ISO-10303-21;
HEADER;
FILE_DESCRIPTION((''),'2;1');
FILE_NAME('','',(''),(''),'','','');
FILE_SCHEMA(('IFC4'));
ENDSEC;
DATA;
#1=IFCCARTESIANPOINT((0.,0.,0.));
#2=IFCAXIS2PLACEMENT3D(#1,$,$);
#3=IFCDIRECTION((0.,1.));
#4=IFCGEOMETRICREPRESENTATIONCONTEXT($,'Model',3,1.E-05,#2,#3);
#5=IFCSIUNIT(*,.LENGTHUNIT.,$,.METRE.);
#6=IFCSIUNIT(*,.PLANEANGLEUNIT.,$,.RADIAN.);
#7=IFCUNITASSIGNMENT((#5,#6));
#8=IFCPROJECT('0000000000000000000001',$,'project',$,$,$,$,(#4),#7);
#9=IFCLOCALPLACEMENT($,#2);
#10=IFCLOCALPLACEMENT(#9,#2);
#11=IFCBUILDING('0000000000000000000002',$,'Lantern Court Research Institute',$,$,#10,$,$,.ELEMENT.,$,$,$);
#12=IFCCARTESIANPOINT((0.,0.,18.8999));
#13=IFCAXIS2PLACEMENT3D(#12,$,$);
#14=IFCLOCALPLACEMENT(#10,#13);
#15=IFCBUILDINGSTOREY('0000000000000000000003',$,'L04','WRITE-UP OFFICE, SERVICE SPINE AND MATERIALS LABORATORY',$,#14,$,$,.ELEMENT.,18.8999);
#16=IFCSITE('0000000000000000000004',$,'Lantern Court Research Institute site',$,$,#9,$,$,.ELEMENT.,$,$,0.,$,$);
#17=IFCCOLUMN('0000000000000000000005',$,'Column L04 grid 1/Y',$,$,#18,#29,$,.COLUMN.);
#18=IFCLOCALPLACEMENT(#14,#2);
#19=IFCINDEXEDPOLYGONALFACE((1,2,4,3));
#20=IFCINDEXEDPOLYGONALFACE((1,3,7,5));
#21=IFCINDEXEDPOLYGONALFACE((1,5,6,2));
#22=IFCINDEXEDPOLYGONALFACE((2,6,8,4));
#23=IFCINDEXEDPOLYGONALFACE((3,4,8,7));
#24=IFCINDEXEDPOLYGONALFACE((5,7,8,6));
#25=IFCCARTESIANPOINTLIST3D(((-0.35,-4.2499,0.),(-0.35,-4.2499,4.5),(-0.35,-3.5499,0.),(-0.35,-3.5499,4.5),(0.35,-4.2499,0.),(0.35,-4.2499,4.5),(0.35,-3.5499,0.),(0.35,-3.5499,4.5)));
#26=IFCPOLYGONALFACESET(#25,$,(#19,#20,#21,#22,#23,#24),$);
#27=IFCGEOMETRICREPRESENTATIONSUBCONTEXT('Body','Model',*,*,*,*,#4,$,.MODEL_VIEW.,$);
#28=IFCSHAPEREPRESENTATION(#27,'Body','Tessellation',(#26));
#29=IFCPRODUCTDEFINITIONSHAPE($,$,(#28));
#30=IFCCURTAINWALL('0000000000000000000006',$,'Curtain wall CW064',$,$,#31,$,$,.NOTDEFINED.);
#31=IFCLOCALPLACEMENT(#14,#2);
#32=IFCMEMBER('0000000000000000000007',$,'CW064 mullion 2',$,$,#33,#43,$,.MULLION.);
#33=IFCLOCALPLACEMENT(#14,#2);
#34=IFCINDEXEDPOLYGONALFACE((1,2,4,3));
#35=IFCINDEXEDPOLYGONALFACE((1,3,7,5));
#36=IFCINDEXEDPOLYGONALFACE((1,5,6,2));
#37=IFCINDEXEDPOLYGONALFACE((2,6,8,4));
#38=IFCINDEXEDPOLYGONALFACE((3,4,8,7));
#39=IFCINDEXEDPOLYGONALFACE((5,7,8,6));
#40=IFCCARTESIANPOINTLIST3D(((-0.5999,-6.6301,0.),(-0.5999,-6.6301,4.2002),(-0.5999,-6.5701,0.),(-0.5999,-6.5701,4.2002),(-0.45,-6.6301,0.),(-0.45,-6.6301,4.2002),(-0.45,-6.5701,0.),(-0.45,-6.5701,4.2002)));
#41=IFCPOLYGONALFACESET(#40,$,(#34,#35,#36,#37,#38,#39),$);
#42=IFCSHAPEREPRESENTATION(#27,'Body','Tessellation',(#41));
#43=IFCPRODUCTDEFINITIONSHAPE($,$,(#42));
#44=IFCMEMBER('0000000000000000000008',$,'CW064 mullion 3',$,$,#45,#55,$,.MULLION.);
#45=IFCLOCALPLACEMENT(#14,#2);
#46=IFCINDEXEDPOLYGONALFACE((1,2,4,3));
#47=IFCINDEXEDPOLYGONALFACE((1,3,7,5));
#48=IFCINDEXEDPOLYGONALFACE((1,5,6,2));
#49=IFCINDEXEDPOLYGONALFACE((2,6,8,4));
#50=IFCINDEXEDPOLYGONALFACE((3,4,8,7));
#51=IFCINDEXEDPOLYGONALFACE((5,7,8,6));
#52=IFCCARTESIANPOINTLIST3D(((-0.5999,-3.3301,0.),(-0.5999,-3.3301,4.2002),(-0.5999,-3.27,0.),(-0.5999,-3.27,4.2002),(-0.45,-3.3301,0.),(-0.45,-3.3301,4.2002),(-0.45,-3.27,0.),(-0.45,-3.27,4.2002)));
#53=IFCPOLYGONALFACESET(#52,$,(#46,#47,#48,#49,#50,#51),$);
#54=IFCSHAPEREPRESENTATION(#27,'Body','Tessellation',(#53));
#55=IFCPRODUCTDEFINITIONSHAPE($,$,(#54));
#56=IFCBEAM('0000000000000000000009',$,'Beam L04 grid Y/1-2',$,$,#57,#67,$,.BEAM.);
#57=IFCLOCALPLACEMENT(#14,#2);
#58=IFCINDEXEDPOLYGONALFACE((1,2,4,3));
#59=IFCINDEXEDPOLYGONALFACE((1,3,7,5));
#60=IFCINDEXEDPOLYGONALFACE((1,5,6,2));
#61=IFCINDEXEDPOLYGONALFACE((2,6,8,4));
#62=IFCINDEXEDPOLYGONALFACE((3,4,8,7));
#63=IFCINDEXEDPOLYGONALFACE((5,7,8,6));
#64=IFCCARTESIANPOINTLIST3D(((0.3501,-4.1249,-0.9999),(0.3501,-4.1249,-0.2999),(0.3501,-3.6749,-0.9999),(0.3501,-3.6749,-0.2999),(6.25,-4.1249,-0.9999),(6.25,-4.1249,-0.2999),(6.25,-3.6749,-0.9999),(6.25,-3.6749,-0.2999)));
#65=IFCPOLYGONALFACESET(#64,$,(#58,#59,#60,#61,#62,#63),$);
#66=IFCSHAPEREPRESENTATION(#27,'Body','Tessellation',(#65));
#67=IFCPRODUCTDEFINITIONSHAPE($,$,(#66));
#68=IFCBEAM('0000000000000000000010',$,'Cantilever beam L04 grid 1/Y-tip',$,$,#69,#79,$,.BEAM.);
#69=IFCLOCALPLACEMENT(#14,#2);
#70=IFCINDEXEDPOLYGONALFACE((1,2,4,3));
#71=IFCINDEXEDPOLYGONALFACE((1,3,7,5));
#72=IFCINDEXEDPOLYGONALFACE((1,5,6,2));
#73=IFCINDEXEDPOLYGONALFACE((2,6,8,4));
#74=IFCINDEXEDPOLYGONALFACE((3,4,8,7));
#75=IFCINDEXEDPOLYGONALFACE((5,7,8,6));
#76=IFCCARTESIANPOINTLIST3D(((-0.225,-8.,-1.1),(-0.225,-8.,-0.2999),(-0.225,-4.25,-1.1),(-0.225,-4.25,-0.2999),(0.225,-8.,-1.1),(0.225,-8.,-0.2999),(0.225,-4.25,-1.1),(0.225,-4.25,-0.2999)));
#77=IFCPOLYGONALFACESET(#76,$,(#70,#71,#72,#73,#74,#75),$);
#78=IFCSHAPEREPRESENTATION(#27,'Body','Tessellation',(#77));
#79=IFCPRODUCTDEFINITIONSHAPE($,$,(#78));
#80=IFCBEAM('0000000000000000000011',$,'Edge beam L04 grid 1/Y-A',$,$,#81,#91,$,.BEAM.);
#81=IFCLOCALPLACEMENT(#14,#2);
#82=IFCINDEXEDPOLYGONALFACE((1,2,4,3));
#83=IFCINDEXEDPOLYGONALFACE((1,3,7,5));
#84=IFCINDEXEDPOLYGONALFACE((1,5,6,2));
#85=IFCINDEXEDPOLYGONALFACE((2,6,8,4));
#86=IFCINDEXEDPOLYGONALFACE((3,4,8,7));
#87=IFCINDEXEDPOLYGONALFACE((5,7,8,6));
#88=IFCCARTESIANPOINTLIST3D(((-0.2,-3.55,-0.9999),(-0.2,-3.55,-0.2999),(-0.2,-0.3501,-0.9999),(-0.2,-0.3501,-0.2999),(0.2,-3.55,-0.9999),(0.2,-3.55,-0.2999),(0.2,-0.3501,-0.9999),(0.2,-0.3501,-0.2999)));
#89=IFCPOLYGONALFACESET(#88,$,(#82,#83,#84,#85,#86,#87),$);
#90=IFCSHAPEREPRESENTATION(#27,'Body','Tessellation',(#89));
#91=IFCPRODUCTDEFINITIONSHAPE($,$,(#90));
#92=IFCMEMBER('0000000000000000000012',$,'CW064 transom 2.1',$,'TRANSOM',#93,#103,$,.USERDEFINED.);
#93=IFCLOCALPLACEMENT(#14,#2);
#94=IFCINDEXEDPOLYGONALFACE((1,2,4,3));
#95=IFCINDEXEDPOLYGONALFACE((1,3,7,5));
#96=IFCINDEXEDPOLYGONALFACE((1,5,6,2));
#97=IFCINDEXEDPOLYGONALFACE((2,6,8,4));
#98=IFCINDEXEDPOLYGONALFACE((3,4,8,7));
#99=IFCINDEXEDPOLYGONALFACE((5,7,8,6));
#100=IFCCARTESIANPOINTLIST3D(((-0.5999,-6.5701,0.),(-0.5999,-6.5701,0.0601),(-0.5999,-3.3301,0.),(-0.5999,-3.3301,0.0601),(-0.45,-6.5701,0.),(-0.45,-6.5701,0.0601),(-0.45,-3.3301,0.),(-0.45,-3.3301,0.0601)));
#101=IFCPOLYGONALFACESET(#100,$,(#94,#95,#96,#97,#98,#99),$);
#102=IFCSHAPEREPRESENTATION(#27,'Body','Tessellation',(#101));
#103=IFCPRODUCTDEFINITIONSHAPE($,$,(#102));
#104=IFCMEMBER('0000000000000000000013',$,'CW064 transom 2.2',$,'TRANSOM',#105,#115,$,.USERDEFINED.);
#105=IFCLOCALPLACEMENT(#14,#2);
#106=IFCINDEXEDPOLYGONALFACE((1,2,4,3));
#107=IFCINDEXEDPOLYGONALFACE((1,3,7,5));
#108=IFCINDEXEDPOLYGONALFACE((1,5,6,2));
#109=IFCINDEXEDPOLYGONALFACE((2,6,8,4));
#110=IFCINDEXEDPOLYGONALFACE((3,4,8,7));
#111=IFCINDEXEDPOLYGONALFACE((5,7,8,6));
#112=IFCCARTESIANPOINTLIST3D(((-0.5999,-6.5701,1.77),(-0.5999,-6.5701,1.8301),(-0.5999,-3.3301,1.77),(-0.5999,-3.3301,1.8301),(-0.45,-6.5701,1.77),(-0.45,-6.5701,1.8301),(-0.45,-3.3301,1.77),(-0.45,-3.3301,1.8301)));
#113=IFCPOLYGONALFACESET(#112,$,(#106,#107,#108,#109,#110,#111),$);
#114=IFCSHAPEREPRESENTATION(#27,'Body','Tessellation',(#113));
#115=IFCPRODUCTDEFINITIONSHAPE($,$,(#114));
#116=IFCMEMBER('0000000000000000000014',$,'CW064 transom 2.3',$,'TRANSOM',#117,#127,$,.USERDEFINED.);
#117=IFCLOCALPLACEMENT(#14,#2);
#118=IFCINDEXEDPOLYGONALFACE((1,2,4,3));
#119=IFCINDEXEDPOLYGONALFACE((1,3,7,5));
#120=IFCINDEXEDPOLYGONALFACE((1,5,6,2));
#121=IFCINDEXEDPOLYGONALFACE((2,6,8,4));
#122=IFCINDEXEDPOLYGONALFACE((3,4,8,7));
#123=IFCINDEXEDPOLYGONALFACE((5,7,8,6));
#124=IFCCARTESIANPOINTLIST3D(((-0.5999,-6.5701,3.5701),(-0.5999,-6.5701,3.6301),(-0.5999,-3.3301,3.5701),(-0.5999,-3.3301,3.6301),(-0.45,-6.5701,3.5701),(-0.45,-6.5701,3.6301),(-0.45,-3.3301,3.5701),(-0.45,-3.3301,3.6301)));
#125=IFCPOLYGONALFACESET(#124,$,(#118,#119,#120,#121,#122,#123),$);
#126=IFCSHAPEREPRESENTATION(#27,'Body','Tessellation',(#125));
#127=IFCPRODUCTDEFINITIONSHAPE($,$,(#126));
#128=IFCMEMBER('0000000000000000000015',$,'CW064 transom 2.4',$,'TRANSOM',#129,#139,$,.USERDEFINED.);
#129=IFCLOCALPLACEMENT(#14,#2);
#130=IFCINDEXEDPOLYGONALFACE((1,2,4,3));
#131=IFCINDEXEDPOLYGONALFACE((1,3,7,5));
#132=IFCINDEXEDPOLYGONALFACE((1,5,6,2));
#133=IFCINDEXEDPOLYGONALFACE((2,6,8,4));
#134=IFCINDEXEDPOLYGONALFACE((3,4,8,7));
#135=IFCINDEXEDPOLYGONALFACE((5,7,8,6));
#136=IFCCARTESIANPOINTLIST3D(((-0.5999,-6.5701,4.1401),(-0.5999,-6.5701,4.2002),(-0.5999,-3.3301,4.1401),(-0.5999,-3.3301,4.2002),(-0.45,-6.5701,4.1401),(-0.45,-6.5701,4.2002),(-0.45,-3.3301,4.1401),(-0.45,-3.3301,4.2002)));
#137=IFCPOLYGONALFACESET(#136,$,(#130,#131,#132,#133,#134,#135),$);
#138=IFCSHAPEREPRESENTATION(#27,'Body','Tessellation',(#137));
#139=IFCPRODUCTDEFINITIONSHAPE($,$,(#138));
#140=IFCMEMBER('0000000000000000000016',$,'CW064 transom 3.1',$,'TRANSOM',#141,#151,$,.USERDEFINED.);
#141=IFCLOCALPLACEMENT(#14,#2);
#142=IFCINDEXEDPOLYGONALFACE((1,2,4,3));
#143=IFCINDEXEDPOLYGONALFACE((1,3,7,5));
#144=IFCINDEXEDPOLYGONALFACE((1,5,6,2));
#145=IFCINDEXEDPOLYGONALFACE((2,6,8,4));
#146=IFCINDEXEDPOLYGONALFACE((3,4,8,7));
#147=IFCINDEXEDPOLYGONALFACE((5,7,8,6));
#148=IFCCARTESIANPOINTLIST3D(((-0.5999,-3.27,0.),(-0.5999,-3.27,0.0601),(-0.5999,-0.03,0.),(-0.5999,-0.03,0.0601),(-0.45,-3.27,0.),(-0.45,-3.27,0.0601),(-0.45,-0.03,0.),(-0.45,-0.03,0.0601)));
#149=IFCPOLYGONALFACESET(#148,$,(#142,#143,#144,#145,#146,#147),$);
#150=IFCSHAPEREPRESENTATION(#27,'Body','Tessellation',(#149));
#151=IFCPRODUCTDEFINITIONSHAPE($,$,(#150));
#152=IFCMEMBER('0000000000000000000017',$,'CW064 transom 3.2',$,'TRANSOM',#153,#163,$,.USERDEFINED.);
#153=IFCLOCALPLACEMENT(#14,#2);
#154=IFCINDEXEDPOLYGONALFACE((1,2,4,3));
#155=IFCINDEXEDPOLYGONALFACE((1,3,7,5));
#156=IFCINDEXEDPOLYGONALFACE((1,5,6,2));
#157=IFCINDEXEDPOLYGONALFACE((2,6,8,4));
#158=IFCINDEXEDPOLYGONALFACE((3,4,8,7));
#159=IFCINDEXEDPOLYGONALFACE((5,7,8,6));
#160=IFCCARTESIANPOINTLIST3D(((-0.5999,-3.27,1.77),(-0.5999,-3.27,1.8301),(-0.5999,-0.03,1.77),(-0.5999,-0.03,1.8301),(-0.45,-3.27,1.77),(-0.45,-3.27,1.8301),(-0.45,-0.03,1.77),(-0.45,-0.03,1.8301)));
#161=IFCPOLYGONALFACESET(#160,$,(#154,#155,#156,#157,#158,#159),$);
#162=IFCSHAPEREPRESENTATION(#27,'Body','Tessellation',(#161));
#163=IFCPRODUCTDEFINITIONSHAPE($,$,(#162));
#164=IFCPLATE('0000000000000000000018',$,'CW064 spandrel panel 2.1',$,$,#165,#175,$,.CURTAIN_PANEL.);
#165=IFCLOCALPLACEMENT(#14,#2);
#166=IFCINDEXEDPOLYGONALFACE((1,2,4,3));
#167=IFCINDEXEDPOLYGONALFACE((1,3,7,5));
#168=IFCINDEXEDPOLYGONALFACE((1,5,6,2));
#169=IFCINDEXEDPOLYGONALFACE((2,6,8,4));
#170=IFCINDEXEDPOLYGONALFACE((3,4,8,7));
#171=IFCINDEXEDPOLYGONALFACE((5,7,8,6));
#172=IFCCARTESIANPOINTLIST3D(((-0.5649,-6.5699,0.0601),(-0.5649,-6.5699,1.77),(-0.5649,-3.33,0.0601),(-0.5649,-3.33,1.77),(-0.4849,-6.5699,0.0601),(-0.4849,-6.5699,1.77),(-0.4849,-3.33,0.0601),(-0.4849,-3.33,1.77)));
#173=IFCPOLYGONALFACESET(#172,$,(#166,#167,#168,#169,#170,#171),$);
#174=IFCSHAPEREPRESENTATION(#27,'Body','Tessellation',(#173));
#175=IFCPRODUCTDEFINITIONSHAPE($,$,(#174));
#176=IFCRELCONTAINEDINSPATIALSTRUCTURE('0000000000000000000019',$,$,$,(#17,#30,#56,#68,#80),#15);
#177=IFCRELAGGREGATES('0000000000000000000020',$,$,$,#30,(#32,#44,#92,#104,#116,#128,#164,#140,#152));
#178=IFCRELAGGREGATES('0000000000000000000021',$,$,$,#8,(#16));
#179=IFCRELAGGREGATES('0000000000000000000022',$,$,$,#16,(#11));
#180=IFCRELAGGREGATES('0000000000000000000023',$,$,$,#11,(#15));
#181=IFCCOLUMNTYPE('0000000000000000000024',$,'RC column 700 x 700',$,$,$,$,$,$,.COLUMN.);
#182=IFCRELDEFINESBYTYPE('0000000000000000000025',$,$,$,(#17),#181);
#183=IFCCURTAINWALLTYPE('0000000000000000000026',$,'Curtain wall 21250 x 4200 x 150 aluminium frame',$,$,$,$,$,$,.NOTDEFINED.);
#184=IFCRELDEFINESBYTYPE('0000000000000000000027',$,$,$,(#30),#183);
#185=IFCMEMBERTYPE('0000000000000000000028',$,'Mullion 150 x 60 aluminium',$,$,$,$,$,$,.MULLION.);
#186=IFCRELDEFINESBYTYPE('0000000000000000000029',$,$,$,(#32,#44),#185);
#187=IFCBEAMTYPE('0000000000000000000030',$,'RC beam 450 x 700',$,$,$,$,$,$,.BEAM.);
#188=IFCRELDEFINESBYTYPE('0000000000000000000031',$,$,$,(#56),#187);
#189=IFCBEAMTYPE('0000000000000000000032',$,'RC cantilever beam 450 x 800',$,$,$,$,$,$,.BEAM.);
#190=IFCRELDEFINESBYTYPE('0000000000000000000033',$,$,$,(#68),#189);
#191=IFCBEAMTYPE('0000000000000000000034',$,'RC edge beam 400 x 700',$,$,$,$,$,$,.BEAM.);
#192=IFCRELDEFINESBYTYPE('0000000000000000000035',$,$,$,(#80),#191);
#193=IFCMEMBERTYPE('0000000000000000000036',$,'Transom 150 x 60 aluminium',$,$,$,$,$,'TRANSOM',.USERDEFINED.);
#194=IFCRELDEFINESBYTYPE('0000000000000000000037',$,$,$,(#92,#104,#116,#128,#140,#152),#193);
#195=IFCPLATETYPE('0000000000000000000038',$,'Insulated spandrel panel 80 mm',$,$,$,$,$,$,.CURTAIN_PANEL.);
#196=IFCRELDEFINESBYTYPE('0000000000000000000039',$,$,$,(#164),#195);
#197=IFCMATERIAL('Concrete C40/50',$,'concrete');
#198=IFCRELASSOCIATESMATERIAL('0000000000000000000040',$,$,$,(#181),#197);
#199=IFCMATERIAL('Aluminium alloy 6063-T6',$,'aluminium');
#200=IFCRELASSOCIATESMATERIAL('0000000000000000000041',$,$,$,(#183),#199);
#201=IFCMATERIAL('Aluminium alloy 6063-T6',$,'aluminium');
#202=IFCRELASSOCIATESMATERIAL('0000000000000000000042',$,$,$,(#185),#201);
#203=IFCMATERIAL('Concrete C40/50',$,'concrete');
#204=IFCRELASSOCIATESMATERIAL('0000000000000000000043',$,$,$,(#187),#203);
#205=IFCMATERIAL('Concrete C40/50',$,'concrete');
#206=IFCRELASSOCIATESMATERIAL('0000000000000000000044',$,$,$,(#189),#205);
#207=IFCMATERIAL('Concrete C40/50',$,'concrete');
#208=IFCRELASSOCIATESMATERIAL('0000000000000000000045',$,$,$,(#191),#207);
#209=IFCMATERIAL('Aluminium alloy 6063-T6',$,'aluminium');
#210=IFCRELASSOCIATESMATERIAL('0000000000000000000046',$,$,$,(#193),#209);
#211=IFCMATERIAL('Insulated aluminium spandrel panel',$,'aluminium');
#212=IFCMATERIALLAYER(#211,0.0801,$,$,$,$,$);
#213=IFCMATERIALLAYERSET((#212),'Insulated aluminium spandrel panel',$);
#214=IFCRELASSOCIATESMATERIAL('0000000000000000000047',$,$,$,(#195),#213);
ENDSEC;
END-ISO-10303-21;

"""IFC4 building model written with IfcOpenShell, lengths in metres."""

from ifc_helpers import new_model, si_unit, direction, frame, origin, origin_2d, place, context, subcontext, project, spatial, rectangle, extrude, material, layer, layer_set, material_profile, profile_set, type_object, element, aggregate, save


model = new_model("IFC4")

# Units and contexts
model_context = context("Model", 3, precision=1e-05, world=origin(), true_north=direction((0.0, 1.0)))
body_context = subcontext(model_context, "Body", "Model", "MODEL_VIEW")
ifc_project = project(units=[si_unit("LENGTHUNIT", "METRE"), si_unit("PLANEANGLEUNIT", "RADIAN")], contexts=[model_context])

# Site, building, storey
site_placement = place(None, origin())
site = spatial("IfcSite", under=ifc_project, at=site_placement, Name="Lantern Court Research Institute site", CompositionType="ELEMENT", RefElevation=0.0)
building_placement = place(site_placement, origin())
building = spatial("IfcBuilding", under=site, at=building_placement, Name="Lantern Court Research Institute", CompositionType="ELEMENT")
storey_placement = place(building_placement, frame((0.0, 0.0, 18.8999)))
storey = spatial("IfcBuildingStorey", under=building, at=storey_placement, Name="L04", Description="WRITE-UP OFFICE, SERVICE SPINE AND MATERIALS LABORATORY", CompositionType="ELEMENT", Elevation=18.8999)

# Column
ifc_material_1 = material(Name="Concrete C40/50", Category="concrete")
ifc_material_profile_1 = material_profile(ifc_material_1, rectangle(XDim=0.7, YDim=0.7, at=origin_2d()), Name="RC column 700 x 700")
ifc_profile_set_1 = profile_set([ifc_material_profile_1], Name="Concrete C40/50")
column_type = type_object("IfcColumnType", Name="RC column 700 x 700", PredefinedType="COLUMN", material=ifc_profile_set_1)
column_placement = place(storey_placement, frame((0.0, -3.8999, 0.0), z_axis=(0.0, 0.0, 1.0), x_axis=(1.0, 0.0, 0.0)))
element("IfcColumn", 1, at=column_placement, inside=storey, type_object=column_type, Name="Column L04 grid 1/Y", PredefinedType="COLUMN", context=body_context, shape_type="SweptSolid", body=[
    extrude(rectangle(XDim=0.7, YDim=0.7, at=origin_2d()), origin(), (0.0, 0.0, 1.0), 4.5),
])

# Curtain wall, members
ifc_material_2 = material(Name="Aluminium alloy 6063-T6", Category="aluminium")
curtain_wall_type = type_object("IfcCurtainWallType", Name="Curtain wall 21250 x 4200 x 150 aluminium frame", PredefinedType="NOTDEFINED", material=ifc_material_2)
curtain_wall_placement = place(storey_placement, origin())
curtain_wall = element("IfcCurtainWall", 2, at=curtain_wall_placement, inside=storey, type_object=curtain_wall_type, Name="Curtain wall CW064", PredefinedType="NOTDEFINED")
ifc_material_3 = material(Name="Aluminium alloy 6063-T6", Category="aluminium")
ifc_material_profile_2 = material_profile(ifc_material_3, rectangle(XDim=0.1499, YDim=0.0601, at=origin_2d()), Name="Mullion 150 x 60")
ifc_profile_set_2 = profile_set([ifc_material_profile_2], Name="Aluminium alloy 6063-T6")
member_type_1 = type_object("IfcMemberType", Name="Mullion 150 x 60 aluminium", PredefinedType="MULLION", material=ifc_profile_set_2)
member_1_placement = place(storey_placement, frame((-0.5249, -6.6001, 0.0), z_axis=(0.0, 0.0, 1.0), x_axis=(-1.0, 0.0, 0.0)))
member_1 = element("IfcMember", 3, at=member_1_placement, type_object=member_type_1, Name="CW064 mullion 2", PredefinedType="MULLION", context=body_context, shape_type="SweptSolid", body=[
    extrude(rectangle(XDim=0.1499, YDim=0.0601, at=origin_2d()), origin(), (0.0, 0.0, 1.0), 4.2002),
])
member_2_placement = place(storey_placement, frame((-0.5249, -3.3, 0.0), z_axis=(0.0, 0.0, 1.0), x_axis=(-1.0, 0.0, 0.0)))
member_2 = element("IfcMember", 4, at=member_2_placement, type_object=member_type_1, Name="CW064 mullion 3", PredefinedType="MULLION", context=body_context, shape_type="SweptSolid", body=[
    extrude(rectangle(XDim=0.1499, YDim=0.0601, at=origin_2d()), origin(), (0.0, 0.0, 1.0), 4.2002),
])

# Beams
ifc_material_4 = material(Name="Concrete C40/50", Category="concrete")
ifc_material_profile_3 = material_profile(ifc_material_4, rectangle(XDim=0.45, YDim=0.7, at=origin_2d()), Name="RC beam 450 x 700")
ifc_profile_set_3 = profile_set([ifc_material_profile_3], Name="Concrete C40/50")
beam_type_1 = type_object("IfcBeamType", Name="RC beam 450 x 700", PredefinedType="BEAM", material=ifc_profile_set_3)
beam_1_placement = place(storey_placement, frame((0.3501, -3.8999, -0.6499), z_axis=(1.0, 0.0, 0.0), x_axis=(0.0, 1.0, 0.0)))
element("IfcBeam", 5, at=beam_1_placement, inside=storey, type_object=beam_type_1, Name="Beam L04 grid Y/1-2", PredefinedType="BEAM", context=body_context, shape_type="SweptSolid", body=[
    extrude(rectangle(XDim=0.45, YDim=0.7, at=origin_2d()), origin(), (0.0, 0.0, 1.0), 5.8999),
])
ifc_material_5 = material(Name="Concrete C40/50", Category="concrete")
ifc_material_profile_4 = material_profile(ifc_material_5, rectangle(XDim=0.45, YDim=0.8, at=origin_2d()), Name="RC beam 450 x 800")
ifc_profile_set_4 = profile_set([ifc_material_profile_4], Name="Concrete C40/50")
beam_type_2 = type_object("IfcBeamType", Name="RC cantilever beam 450 x 800", PredefinedType="BEAM", material=ifc_profile_set_4)
beam_2_placement = place(storey_placement, frame((0.0, -4.25, -0.7), z_axis=(0.0, -1.0, 0.0), x_axis=(1.0, 0.0, 0.0)))
element("IfcBeam", 6, at=beam_2_placement, inside=storey, type_object=beam_type_2, Name="Cantilever beam L04 grid 1/Y-tip", PredefinedType="BEAM", context=body_context, shape_type="SweptSolid", body=[
    extrude(rectangle(XDim=0.45, YDim=0.8, at=origin_2d()), origin(), (0.0, 0.0, 1.0), 3.75),
])
ifc_material_6 = material(Name="Concrete C40/50", Category="concrete")
ifc_material_profile_5 = material_profile(ifc_material_6, rectangle(XDim=0.3999, YDim=0.7, at=origin_2d()), Name="RC beam 400 x 700")
ifc_profile_set_5 = profile_set([ifc_material_profile_5], Name="Concrete C40/50")
beam_type_3 = type_object("IfcBeamType", Name="RC edge beam 400 x 700", PredefinedType="BEAM", material=ifc_profile_set_5)
beam_3_placement = place(storey_placement, frame((0.0, -3.55, -0.6499), z_axis=(0.0, 1.0, 0.0), x_axis=(-1.0, 0.0, 0.0)))
element("IfcBeam", 7, at=beam_3_placement, inside=storey, type_object=beam_type_3, Name="Edge beam L04 grid 1/Y-A", PredefinedType="BEAM", context=body_context, shape_type="SweptSolid", body=[
    extrude(rectangle(XDim=0.3999, YDim=0.7, at=origin_2d()), origin(), (0.0, 0.0, 1.0), 3.2),
])

# Members
ifc_material_7 = material(Name="Aluminium alloy 6063-T6", Category="aluminium")
ifc_material_profile_6 = material_profile(ifc_material_7, rectangle(XDim=0.1499, YDim=0.0601, at=origin_2d()), Name="Transom 150 x 60")
ifc_profile_set_6 = profile_set([ifc_material_profile_6], Name="Aluminium alloy 6063-T6")
member_type_2 = type_object("IfcMemberType", Name="Transom 150 x 60 aluminium", ElementType="TRANSOM", PredefinedType="USERDEFINED", material=ifc_profile_set_6)
member_3_placement = place(storey_placement, frame((-0.5249, -6.5701, 0.03), z_axis=(0.0, 1.0, 0.0), x_axis=(-1.0, 0.0, 0.0)))
member_3 = element("IfcMember", 8, at=member_3_placement, type_object=member_type_2, Name="CW064 transom 2.1", ObjectType="TRANSOM", PredefinedType="USERDEFINED", context=body_context, shape_type="SweptSolid", body=[
    extrude(rectangle(XDim=0.1499, YDim=0.0601, at=origin_2d()), origin(), (0.0, 0.0, 1.0), 3.24),
])
member_4_placement = place(storey_placement, frame((-0.5249, -6.5701, 1.8), z_axis=(0.0, 1.0, 0.0), x_axis=(-1.0, 0.0, 0.0)))
member_4 = element("IfcMember", 9, at=member_4_placement, type_object=member_type_2, Name="CW064 transom 2.2", ObjectType="TRANSOM", PredefinedType="USERDEFINED", context=body_context, shape_type="SweptSolid", body=[
    extrude(rectangle(XDim=0.1499, YDim=0.0601, at=origin_2d()), origin(), (0.0, 0.0, 1.0), 3.24),
])
member_5_placement = place(storey_placement, frame((-0.5249, -6.5701, 3.6001), z_axis=(0.0, 1.0, 0.0), x_axis=(-1.0, 0.0, 0.0)))
member_5 = element("IfcMember", 10, at=member_5_placement, type_object=member_type_2, Name="CW064 transom 2.3", ObjectType="TRANSOM", PredefinedType="USERDEFINED", context=body_context, shape_type="SweptSolid", body=[
    extrude(rectangle(XDim=0.1499, YDim=0.0601, at=origin_2d()), origin(), (0.0, 0.0, 1.0), 3.24),
])
member_6_placement = place(storey_placement, frame((-0.5249, -6.5701, 4.1702), z_axis=(0.0, 1.0, 0.0), x_axis=(-1.0, 0.0, 0.0)))
member_6 = element("IfcMember", 11, at=member_6_placement, type_object=member_type_2, Name="CW064 transom 2.4", ObjectType="TRANSOM", PredefinedType="USERDEFINED", context=body_context, shape_type="SweptSolid", body=[
    extrude(rectangle(XDim=0.1499, YDim=0.0601, at=origin_2d()), origin(), (0.0, 0.0, 1.0), 3.24),
])
member_7_placement = place(storey_placement, frame((-0.5249, -3.27, 0.03), z_axis=(0.0, 1.0, 0.0), x_axis=(-1.0, 0.0, 0.0)))
member_7 = element("IfcMember", 12, at=member_7_placement, type_object=member_type_2, Name="CW064 transom 3.1", ObjectType="TRANSOM", PredefinedType="USERDEFINED", context=body_context, shape_type="SweptSolid", body=[
    extrude(rectangle(XDim=0.1499, YDim=0.0601, at=origin_2d()), origin(), (0.0, 0.0, 1.0), 3.24),
])
member_8_placement = place(storey_placement, frame((-0.5249, -3.27, 1.8), z_axis=(0.0, 1.0, 0.0), x_axis=(-1.0, 0.0, 0.0)))
member_8 = element("IfcMember", 13, at=member_8_placement, type_object=member_type_2, Name="CW064 transom 3.2", ObjectType="TRANSOM", PredefinedType="USERDEFINED", context=body_context, shape_type="SweptSolid", body=[
    extrude(rectangle(XDim=0.1499, YDim=0.0601, at=origin_2d()), origin(), (0.0, 0.0, 1.0), 3.24),
])

# Plate
ifc_material_8 = material(Name="Insulated aluminium spandrel panel", Category="aluminium")
ifc_layer_1 = layer(ifc_material_8, 0.0801)
ifc_layer_set_1 = layer_set([ifc_layer_1], Name="Insulated aluminium spandrel panel")
plate_type_1 = type_object("IfcPlateType", Name="Insulated spandrel panel 80 mm", PredefinedType="CURTAIN_PANEL", material=ifc_layer_set_1)
plate_1_placement = place(storey_placement, frame((-0.5249, -4.95, 0.0601), z_axis=(0.0, 0.0, 1.0), x_axis=(0.0, 1.0, 0.0)))
plate_1 = element("IfcPlate", 14, at=plate_1_placement, type_object=plate_type_1, Name="CW064 spandrel panel 2.1", PredefinedType="CURTAIN_PANEL", context=body_context, shape_type="SweptSolid", body=[
    extrude(rectangle(XDim=3.24, YDim=0.0801, at=origin_2d()), origin(), (0.0, 0.0, 1.0), 1.71),
])
aggregate(curtain_wall, [member_1, member_2, member_3, member_4, member_5, member_6, plate_1, member_7, member_8])

save(model, "model.ifc")
